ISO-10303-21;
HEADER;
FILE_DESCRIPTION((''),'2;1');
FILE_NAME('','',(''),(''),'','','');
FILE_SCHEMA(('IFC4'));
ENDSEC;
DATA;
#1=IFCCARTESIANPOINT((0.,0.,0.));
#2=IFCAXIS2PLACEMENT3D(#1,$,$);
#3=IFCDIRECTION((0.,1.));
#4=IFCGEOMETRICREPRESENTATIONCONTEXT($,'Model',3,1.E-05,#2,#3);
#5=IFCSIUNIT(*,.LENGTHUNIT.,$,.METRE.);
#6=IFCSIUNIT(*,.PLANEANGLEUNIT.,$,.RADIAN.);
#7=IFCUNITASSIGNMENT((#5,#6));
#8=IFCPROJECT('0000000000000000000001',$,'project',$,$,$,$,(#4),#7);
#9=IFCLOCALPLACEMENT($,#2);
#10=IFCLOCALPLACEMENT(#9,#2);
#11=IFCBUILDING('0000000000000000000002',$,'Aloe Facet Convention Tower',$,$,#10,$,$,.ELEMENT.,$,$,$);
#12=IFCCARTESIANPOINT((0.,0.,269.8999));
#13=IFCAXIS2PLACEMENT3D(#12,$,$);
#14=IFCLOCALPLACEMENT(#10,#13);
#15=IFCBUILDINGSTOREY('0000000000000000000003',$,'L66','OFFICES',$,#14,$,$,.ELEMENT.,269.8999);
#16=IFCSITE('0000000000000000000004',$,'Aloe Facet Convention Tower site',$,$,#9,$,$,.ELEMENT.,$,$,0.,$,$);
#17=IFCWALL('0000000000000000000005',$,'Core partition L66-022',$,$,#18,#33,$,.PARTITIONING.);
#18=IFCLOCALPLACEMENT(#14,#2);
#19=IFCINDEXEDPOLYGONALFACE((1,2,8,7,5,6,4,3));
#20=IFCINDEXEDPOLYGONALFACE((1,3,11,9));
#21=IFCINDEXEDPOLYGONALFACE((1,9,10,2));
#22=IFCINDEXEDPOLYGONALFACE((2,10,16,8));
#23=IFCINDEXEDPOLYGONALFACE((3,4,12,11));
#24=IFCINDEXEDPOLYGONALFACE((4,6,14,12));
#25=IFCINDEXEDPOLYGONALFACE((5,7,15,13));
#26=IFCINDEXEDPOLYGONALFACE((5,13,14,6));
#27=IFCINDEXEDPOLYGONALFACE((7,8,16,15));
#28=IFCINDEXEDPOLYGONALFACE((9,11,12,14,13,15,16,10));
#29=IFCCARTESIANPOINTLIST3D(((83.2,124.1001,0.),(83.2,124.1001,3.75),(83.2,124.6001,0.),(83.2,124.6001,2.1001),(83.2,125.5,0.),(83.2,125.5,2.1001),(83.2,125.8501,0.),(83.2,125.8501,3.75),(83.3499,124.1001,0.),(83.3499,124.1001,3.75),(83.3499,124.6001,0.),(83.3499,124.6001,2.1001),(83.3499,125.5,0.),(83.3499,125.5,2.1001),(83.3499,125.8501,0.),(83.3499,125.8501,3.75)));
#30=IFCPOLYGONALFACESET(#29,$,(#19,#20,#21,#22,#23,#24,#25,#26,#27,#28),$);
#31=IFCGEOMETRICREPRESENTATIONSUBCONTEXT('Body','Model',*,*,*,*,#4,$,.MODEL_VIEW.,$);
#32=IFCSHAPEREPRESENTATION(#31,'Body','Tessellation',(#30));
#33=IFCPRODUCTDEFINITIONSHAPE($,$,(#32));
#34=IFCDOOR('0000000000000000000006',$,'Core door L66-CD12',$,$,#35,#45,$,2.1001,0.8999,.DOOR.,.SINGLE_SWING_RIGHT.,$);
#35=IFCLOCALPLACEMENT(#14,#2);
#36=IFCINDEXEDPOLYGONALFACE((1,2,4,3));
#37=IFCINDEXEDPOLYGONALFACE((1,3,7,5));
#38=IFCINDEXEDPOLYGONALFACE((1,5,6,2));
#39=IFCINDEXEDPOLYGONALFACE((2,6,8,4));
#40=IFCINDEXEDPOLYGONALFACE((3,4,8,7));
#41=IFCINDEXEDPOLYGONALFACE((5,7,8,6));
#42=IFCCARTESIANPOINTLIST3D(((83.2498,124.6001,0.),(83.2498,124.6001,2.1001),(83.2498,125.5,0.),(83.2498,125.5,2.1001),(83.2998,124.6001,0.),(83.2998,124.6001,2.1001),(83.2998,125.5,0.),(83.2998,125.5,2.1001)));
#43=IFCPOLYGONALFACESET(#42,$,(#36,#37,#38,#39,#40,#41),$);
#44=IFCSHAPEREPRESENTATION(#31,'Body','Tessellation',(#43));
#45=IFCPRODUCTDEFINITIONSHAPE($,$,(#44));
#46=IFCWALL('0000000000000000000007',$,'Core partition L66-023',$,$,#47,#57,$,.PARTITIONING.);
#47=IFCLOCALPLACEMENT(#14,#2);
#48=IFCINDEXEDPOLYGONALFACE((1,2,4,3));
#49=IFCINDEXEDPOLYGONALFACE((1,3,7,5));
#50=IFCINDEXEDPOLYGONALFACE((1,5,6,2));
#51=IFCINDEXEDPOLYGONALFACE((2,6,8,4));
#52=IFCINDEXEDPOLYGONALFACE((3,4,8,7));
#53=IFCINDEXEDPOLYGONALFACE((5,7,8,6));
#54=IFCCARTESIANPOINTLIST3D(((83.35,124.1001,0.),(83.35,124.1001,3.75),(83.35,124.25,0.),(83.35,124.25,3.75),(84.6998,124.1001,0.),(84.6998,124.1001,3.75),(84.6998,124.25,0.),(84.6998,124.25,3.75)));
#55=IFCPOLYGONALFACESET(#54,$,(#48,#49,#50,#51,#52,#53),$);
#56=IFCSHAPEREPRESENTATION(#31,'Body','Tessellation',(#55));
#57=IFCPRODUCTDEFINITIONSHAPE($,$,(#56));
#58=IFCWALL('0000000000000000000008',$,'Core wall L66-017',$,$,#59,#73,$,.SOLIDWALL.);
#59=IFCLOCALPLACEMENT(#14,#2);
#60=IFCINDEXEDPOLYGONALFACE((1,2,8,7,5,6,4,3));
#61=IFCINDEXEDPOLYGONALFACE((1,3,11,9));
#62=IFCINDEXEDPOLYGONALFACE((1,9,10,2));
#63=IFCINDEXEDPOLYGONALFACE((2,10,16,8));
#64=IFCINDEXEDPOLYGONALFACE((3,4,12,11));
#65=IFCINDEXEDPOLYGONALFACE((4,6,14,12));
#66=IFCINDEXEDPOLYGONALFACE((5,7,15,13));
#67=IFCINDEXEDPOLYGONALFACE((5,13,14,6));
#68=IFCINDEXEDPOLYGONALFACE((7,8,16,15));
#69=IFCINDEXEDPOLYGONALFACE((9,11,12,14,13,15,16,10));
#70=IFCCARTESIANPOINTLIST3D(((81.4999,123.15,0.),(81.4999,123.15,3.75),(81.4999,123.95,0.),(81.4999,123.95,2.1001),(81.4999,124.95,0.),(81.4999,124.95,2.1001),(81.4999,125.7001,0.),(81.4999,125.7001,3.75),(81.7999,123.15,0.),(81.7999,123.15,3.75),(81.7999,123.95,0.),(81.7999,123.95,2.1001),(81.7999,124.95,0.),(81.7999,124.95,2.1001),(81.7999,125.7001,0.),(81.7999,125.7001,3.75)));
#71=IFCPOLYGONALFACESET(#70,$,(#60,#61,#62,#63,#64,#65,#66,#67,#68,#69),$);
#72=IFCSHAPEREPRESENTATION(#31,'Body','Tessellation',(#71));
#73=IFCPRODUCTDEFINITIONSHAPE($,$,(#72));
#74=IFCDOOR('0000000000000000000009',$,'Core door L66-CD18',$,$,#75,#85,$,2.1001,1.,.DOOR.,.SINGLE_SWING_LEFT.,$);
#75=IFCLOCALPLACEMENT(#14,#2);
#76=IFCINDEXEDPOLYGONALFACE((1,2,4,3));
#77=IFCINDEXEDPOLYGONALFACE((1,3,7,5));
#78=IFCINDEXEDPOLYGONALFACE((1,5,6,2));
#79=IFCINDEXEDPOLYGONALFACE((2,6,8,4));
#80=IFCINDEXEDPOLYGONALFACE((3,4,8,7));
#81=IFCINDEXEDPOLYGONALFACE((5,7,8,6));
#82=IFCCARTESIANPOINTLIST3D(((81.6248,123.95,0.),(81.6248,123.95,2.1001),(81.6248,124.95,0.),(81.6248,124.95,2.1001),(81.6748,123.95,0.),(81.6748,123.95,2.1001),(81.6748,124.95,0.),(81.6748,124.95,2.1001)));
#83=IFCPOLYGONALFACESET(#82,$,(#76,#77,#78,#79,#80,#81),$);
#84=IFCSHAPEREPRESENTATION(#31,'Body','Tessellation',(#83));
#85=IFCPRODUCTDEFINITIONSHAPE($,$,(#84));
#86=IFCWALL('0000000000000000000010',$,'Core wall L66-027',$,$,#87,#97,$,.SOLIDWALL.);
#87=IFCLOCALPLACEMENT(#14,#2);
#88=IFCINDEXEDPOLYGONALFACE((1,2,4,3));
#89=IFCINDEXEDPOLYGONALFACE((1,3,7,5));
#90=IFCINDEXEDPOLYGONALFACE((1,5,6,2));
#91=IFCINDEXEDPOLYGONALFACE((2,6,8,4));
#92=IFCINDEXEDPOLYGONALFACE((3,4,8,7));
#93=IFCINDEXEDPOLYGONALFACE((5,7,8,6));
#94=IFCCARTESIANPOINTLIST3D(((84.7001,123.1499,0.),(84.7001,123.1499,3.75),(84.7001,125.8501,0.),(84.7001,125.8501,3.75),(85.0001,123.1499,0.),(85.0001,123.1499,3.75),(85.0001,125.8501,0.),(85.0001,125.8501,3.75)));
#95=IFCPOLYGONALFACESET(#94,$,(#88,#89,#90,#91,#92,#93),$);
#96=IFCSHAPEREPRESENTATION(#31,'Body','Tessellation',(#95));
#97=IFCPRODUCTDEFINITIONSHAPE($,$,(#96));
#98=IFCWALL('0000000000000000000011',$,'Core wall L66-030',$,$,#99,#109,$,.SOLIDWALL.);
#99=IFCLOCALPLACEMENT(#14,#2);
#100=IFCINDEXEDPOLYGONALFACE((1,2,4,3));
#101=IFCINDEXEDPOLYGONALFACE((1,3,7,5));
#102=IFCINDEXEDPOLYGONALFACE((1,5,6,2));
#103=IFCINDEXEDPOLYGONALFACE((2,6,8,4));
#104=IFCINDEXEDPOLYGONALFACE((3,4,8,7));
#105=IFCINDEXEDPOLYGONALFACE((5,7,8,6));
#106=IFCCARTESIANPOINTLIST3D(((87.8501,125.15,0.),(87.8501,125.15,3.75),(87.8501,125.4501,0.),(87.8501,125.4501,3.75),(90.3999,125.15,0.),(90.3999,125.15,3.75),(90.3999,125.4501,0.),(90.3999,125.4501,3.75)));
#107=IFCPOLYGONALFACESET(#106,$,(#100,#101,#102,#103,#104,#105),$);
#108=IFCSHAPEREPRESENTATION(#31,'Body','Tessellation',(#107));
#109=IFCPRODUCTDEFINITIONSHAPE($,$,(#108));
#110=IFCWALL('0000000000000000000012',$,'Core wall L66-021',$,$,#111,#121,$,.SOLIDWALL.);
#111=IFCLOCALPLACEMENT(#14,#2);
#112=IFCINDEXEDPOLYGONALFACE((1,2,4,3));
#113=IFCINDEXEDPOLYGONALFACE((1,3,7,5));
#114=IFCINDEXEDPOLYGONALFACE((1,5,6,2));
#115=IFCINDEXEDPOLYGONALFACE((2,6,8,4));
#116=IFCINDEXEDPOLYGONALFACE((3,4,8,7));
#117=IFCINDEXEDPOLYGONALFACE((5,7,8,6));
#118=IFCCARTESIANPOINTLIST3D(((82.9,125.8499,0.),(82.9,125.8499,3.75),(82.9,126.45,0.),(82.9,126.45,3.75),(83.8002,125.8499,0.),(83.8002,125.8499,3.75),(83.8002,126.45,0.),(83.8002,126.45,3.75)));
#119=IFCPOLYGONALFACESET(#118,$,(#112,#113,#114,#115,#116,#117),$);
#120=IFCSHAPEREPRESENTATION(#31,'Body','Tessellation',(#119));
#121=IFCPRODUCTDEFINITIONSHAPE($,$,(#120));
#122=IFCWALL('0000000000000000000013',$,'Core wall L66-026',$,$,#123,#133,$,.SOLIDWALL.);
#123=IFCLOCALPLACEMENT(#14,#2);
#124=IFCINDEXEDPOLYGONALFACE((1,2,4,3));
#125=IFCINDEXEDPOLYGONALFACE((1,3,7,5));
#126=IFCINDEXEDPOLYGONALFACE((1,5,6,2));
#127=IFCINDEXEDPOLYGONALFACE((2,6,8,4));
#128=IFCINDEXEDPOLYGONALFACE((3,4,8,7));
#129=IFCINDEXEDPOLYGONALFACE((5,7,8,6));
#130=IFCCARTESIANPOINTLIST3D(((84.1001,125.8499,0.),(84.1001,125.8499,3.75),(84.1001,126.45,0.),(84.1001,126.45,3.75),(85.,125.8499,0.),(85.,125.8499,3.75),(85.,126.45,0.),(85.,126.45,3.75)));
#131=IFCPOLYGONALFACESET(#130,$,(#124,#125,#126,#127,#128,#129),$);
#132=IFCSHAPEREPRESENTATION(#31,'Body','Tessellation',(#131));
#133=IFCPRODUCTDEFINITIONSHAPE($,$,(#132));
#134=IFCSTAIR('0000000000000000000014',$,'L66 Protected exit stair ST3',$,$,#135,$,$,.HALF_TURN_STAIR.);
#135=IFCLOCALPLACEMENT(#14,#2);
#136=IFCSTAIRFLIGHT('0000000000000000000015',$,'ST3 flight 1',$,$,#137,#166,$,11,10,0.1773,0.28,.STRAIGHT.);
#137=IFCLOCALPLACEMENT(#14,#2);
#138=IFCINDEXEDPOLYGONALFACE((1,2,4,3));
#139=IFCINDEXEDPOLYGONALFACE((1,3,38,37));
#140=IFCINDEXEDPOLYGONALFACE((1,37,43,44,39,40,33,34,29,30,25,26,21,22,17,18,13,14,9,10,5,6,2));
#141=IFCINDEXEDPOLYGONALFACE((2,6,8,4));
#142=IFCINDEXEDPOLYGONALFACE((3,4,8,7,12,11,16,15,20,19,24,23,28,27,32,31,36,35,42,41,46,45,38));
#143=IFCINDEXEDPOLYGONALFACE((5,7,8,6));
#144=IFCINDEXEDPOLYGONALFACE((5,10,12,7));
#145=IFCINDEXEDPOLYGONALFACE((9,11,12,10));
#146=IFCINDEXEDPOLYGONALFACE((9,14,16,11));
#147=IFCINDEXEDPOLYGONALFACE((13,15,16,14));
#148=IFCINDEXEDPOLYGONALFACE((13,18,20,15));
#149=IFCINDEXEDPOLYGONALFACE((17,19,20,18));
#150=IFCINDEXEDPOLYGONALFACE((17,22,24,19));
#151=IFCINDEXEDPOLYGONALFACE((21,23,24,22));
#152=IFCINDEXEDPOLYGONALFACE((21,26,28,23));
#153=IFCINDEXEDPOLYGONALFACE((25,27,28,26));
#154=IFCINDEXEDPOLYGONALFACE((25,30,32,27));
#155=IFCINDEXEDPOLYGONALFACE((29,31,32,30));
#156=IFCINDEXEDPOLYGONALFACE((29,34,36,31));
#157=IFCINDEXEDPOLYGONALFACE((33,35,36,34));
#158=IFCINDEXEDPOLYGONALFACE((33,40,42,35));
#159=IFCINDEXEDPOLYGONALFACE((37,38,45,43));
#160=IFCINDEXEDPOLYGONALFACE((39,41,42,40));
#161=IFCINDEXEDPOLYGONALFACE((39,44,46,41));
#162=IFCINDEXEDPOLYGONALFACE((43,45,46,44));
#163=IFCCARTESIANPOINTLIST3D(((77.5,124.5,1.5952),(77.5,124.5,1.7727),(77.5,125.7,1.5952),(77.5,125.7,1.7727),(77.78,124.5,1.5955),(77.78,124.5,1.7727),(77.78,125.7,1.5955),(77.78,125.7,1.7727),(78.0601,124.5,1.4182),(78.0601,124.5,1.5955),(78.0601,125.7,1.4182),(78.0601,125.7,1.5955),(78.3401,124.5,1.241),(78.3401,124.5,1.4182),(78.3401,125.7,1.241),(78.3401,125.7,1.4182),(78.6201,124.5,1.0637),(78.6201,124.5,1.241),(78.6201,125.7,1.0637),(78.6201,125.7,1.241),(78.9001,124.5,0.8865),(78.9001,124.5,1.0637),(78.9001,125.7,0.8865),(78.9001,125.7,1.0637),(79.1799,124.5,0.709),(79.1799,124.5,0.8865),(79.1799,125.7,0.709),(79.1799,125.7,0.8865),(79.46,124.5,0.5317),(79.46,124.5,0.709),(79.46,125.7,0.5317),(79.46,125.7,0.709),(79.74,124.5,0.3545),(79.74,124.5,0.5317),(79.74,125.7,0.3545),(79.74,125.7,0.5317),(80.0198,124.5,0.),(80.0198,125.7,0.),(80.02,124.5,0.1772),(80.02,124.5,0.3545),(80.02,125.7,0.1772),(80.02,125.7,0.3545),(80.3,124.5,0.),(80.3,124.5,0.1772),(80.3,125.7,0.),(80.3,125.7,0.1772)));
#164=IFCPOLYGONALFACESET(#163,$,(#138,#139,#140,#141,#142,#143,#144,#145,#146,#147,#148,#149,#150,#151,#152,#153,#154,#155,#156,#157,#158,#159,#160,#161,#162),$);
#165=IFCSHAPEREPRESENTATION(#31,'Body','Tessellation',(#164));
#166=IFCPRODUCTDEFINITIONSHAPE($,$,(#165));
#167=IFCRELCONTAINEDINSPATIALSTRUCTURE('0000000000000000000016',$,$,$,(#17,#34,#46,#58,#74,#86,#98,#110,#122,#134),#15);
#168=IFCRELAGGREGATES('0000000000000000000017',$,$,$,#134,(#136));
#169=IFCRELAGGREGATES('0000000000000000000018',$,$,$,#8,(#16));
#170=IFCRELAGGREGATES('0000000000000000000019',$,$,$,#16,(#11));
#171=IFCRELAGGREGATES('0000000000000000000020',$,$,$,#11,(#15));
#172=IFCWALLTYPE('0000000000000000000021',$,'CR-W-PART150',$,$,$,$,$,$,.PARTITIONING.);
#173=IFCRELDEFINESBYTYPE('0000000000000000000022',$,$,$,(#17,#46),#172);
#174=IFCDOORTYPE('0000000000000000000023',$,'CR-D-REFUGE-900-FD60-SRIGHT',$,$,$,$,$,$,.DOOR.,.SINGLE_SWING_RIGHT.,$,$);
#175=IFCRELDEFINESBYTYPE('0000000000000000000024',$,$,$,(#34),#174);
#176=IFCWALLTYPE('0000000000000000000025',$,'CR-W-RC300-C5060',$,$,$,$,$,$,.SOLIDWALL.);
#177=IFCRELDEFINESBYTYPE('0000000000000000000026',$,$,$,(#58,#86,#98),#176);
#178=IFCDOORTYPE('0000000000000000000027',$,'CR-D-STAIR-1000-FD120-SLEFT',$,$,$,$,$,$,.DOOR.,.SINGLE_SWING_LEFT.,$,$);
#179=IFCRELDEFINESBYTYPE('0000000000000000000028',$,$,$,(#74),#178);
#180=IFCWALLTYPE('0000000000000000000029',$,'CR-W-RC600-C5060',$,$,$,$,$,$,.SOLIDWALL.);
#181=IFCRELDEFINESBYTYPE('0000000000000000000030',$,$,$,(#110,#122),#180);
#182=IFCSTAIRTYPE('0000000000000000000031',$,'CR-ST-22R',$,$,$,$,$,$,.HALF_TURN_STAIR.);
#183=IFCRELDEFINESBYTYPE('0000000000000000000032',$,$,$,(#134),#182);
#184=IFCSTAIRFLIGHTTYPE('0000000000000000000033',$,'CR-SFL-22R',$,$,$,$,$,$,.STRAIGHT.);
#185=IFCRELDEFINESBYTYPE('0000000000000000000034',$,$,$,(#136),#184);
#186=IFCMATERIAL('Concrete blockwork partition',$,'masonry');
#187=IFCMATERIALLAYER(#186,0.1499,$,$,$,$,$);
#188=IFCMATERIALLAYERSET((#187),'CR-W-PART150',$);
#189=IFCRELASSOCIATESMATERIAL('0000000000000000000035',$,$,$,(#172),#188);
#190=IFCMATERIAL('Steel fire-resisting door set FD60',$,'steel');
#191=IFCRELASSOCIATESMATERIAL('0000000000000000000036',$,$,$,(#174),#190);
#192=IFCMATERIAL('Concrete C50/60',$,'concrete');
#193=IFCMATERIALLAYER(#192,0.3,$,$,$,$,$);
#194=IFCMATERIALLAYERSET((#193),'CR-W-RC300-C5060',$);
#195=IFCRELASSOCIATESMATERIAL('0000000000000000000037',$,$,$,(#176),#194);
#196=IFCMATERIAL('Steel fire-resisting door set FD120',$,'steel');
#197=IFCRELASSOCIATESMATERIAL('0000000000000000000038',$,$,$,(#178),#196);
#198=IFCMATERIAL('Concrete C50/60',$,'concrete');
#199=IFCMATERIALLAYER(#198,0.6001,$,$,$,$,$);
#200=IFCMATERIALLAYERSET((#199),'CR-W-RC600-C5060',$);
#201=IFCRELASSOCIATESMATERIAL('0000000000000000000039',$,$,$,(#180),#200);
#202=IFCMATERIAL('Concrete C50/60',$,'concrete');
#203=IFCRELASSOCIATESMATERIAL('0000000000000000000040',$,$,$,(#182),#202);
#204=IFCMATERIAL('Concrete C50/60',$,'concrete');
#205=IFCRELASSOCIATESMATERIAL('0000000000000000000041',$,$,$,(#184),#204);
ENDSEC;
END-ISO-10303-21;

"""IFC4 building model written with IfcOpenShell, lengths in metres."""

from ifc_helpers import new_model, si_unit, direction, frame, frame_2d, origin, place, context, subcontext, project, spatial, polyline, rectangle, outline, extrude, material, layer, layer_set, type_object, element, fill, aggregate, save


model = new_model("IFC4")

# Units and contexts
model_context = context("Model", 3, precision=1e-05, world=origin(), true_north=direction((0.0, 1.0)))
body_context = subcontext(model_context, "Body", "Model", "MODEL_VIEW")
ifc_project = project(units=[si_unit("LENGTHUNIT", "METRE"), si_unit("PLANEANGLEUNIT", "RADIAN")], contexts=[model_context])

# Site, building, storey
site_placement = place(None, origin())
site = spatial("IfcSite", under=ifc_project, at=site_placement, Name="Aloe Facet Convention Tower site", CompositionType="ELEMENT", RefElevation=0.0)
building_placement = place(site_placement, origin())
building = spatial("IfcBuilding", under=site, at=building_placement, Name="Aloe Facet Convention Tower", CompositionType="ELEMENT")
storey_placement = place(building_placement, frame((0.0, 0.0, 269.8999)))
storey = spatial("IfcBuildingStorey", under=building, at=storey_placement, Name="L66", Description="OFFICES", CompositionType="ELEMENT", Elevation=269.8999)

# Wall, opening, door
ifc_material_1 = material(Name="Concrete blockwork partition", Category="masonry")
ifc_layer_1 = layer(ifc_material_1, 0.1499)
ifc_layer_set_1 = layer_set([ifc_layer_1], Name="CR-W-PART150")
wall_type_1 = type_object("IfcWallType", Name="CR-W-PART150", PredefinedType="PARTITIONING", material=ifc_layer_set_1)
wall_1_placement = place(storey_placement, frame((83.2749, 125.8501, 0.0), z_axis=(0.0, 0.0, 1.0), x_axis=(0.0, -1.0, 0.0)))
wall_1 = element("IfcWall", 1, at=wall_1_placement, inside=storey, type_object=wall_type_1, Name="Core partition L66-022", PredefinedType="PARTITIONING", context=body_context, shape_type="SweptSolid", body=[
    extrude(rectangle(XDim=1.75, YDim=0.1499, at=frame_2d((0.875, 0.0))), origin(), (0.0, 0.0, 1.0), 3.75),
])
opening_1_placement = place(wall_1_placement, frame((0.3501, 0.0, 0.0)))
opening_1 = element("IfcOpeningElement", 2, at=opening_1_placement, cuts=wall_1, PredefinedType="OPENING", context=body_context, shape_type="SweptSolid", body=[
    extrude(rectangle(XDim=0.8999, YDim=2.1001, at=frame_2d((0.45, 1.05))), frame((0.0, 0.085, 0.0), z_axis=(0.0, -1.0, 0.0), x_axis=(1.0, 0.0, 0.0)), (0.0, 0.0, 1.0), 0.1699),
])
ifc_material_2 = material(Name="Steel fire-resisting door set FD60", Category="steel")
door_type_1 = type_object("IfcDoorType", Name="CR-D-REFUGE-900-FD60-SRIGHT", OperationType="SINGLE_SWING_RIGHT", PredefinedType="DOOR", material=ifc_material_2)
door_1_placement = place(opening_1_placement, origin())
door_1 = element("IfcDoor", 3, at=door_1_placement, inside=storey, type_object=door_type_1, Name="Core door L66-CD12", OperationType="SINGLE_SWING_RIGHT", OverallHeight=2.1001, OverallWidth=0.8999, PredefinedType="DOOR", context=body_context, shape_type="SweptSolid", body=[
    extrude(rectangle(XDim=0.8999, YDim=2.1001, at=frame_2d((0.45, 1.05))), frame((0.0, 0.0249, 0.0), z_axis=(0.0, -1.0, 0.0), x_axis=(1.0, 0.0, 0.0)), (0.0, 0.0, 1.0), 0.05),
])
fill(opening_1, door_1)

# Wall
wall_2_placement = place(storey_placement, frame((83.3501, 124.175, 0.0), z_axis=(0.0, 0.0, 1.0), x_axis=(1.0, 0.0, 0.0)))
element("IfcWall", 4, at=wall_2_placement, inside=storey, type_object=wall_type_1, Name="Core partition L66-023", PredefinedType="PARTITIONING", context=body_context, shape_type="SweptSolid", body=[
    extrude(rectangle(XDim=1.3499, YDim=0.1499, at=frame_2d((0.6748, 0.0))), origin(), (0.0, 0.0, 1.0), 3.75),
])

# Wall, opening, door
ifc_material_3 = material(Name="Concrete C50/60", Category="concrete")
ifc_layer_2 = layer(ifc_material_3, 0.3)
ifc_layer_set_2 = layer_set([ifc_layer_2], Name="CR-W-RC300-C5060")
wall_type_2 = type_object("IfcWallType", Name="CR-W-RC300-C5060", PredefinedType="SOLIDWALL", material=ifc_layer_set_2)
wall_3_placement = place(storey_placement, frame((81.6499, 125.7, 0.0), z_axis=(0.0, 0.0, 1.0), x_axis=(0.0, -1.0, 0.0)))
wall_3 = element("IfcWall", 5, at=wall_3_placement, inside=storey, type_object=wall_type_2, Name="Core wall L66-017", PredefinedType="SOLIDWALL", context=body_context, shape_type="SweptSolid", body=[
    extrude(rectangle(XDim=2.55, YDim=0.3, at=frame_2d((1.2749, 0.0))), origin(), (0.0, 0.0, 1.0), 3.75),
])
opening_2_placement = place(wall_3_placement, frame((0.75, 0.0, 0.0)))
opening_2 = element("IfcOpeningElement", 6, at=opening_2_placement, cuts=wall_3, PredefinedType="OPENING", context=body_context, shape_type="SweptSolid", body=[
    extrude(rectangle(XDim=1.0, YDim=2.1001, at=frame_2d((0.5, 1.05))), frame((0.0, 0.1602, 0.0), z_axis=(0.0, -1.0, 0.0), x_axis=(1.0, 0.0, 0.0)), (0.0, 0.0, 1.0), 0.3201),
])
ifc_material_4 = material(Name="Steel fire-resisting door set FD120", Category="steel")
door_type_2 = type_object("IfcDoorType", Name="CR-D-STAIR-1000-FD120-SLEFT", OperationType="SINGLE_SWING_LEFT", PredefinedType="DOOR", material=ifc_material_4)
door_2_placement = place(opening_2_placement, origin())
door_2 = element("IfcDoor", 7, at=door_2_placement, inside=storey, type_object=door_type_2, Name="Core door L66-CD18", OperationType="SINGLE_SWING_LEFT", OverallHeight=2.1001, OverallWidth=1.0, PredefinedType="DOOR", context=body_context, shape_type="SweptSolid", body=[
    extrude(rectangle(XDim=1.0, YDim=2.1001, at=frame_2d((0.5, 1.05))), frame((0.0, 0.0249, 0.0), z_axis=(0.0, -1.0, 0.0), x_axis=(1.0, 0.0, 0.0)), (0.0, 0.0, 1.0), 0.05),
])
fill(opening_2, door_2)

# Walls
wall_4_placement = place(storey_placement, frame((84.8501, 125.8501, 0.0), z_axis=(0.0, 0.0, 1.0), x_axis=(0.0, -1.0, 0.0)))
element("IfcWall", 8, at=wall_4_placement, inside=storey, type_object=wall_type_2, Name="Core wall L66-027", PredefinedType="SOLIDWALL", context=body_context, shape_type="SweptSolid", body=[
    extrude(rectangle(XDim=2.7002, YDim=0.3, at=frame_2d((1.3501, 0.0))), origin(), (0.0, 0.0, 1.0), 3.75),
])
wall_5_placement = place(storey_placement, frame((87.8501, 125.3, 0.0), z_axis=(0.0, 0.0, 1.0), x_axis=(1.0, 0.0, 0.0)))
element("IfcWall", 9, at=wall_5_placement, inside=storey, type_object=wall_type_2, Name="Core wall L66-030", PredefinedType="SOLIDWALL", context=body_context, shape_type="SweptSolid", body=[
    extrude(rectangle(XDim=2.5498, YDim=0.3, at=frame_2d((1.2749, 0.0))), origin(), (0.0, 0.0, 1.0), 3.75),
])
ifc_material_5 = material(Name="Concrete C50/60", Category="concrete")
ifc_layer_3 = layer(ifc_material_5, 0.6001)
ifc_layer_set_3 = layer_set([ifc_layer_3], Name="CR-W-RC600-C5060")
wall_type_3 = type_object("IfcWallType", Name="CR-W-RC600-C5060", PredefinedType="SOLIDWALL", material=ifc_layer_set_3)
wall_6_placement = place(storey_placement, frame((82.8999, 126.1499, 0.0), z_axis=(0.0, 0.0, 1.0), x_axis=(1.0, 0.0, 0.0)))
element("IfcWall", 10, at=wall_6_placement, inside=storey, type_object=wall_type_3, Name="Core wall L66-021", PredefinedType="SOLIDWALL", context=body_context, shape_type="SweptSolid", body=[
    extrude(rectangle(XDim=0.9001, YDim=0.6001, at=frame_2d((0.4502, 0.0))), origin(), (0.0, 0.0, 1.0), 3.75),
])
wall_7_placement = place(storey_placement, frame((84.1001, 126.1499, 0.0), z_axis=(0.0, 0.0, 1.0), x_axis=(1.0, 0.0, 0.0)))
element("IfcWall", 11, at=wall_7_placement, inside=storey, type_object=wall_type_3, Name="Core wall L66-026", PredefinedType="SOLIDWALL", context=body_context, shape_type="SweptSolid", body=[
    extrude(rectangle(XDim=0.8999, YDim=0.6001, at=frame_2d((0.45, 0.0))), origin(), (0.0, 0.0, 1.0), 3.75),
])

# Stair, stair flight
ifc_material_6 = material(Name="Concrete C50/60", Category="concrete")
stair_type = type_object("IfcStairType", Name="CR-ST-22R", PredefinedType="HALF_TURN_STAIR", material=ifc_material_6)
stair_placement = place(storey_placement, origin())
stair = element("IfcStair", 12, at=stair_placement, inside=storey, type_object=stair_type, Name="L66 Protected exit stair ST3", PredefinedType="HALF_TURN_STAIR")
ifc_material_7 = material(Name="Concrete C50/60", Category="concrete")
stair_flight_type = type_object("IfcStairFlightType", Name="CR-SFL-22R", PredefinedType="STRAIGHT", material=ifc_material_7)
stair_flight_placement = place(storey_placement, frame((80.3, 125.1001, 0.0), z_axis=(0.0, 0.0, 1.0), x_axis=(-1.0, 0.0, 0.0)))
stair_flight = element("IfcStairFlight", 13, at=stair_flight_placement, type_object=stair_flight_type, Name="ST3 flight 1", NumberOfRisers=11, NumberOfTreads=10, PredefinedType="STRAIGHT", RiserHeight=0.1773, TreadLength=0.28, context=body_context, shape_type="SweptSolid", body=[
    extrude(outline(polyline([(0.0, 0.0), (0.0, 0.1772), (0.28, 0.1772), (0.28, 0.3545), (0.5601, 0.3545), (0.5601, 0.5317), (0.8401, 0.5317), (0.8401, 0.709), (1.1201, 0.709), (1.1201, 0.8865), (1.3999, 0.8865), (1.3999, 1.0637), (1.6799, 1.0637), (1.6799, 1.241), (1.96, 1.241), (1.96, 1.4182), (2.24, 1.4182), (2.24, 1.5955), (2.52, 1.5955), (2.52, 1.7727), (2.8, 1.7727), (2.8, 1.95), (2.8, 1.5952), (0.2803, 0.0), (0.0, 0.0)])), frame((0.0, 0.6001, 0.0), z_axis=(0.0, -1.0, 0.0), x_axis=(1.0, 0.0, 0.0)), (0.0, 0.0, 1.0), 1.2),
])
aggregate(stair, [stair_flight])

save(model, "model.ifc")
